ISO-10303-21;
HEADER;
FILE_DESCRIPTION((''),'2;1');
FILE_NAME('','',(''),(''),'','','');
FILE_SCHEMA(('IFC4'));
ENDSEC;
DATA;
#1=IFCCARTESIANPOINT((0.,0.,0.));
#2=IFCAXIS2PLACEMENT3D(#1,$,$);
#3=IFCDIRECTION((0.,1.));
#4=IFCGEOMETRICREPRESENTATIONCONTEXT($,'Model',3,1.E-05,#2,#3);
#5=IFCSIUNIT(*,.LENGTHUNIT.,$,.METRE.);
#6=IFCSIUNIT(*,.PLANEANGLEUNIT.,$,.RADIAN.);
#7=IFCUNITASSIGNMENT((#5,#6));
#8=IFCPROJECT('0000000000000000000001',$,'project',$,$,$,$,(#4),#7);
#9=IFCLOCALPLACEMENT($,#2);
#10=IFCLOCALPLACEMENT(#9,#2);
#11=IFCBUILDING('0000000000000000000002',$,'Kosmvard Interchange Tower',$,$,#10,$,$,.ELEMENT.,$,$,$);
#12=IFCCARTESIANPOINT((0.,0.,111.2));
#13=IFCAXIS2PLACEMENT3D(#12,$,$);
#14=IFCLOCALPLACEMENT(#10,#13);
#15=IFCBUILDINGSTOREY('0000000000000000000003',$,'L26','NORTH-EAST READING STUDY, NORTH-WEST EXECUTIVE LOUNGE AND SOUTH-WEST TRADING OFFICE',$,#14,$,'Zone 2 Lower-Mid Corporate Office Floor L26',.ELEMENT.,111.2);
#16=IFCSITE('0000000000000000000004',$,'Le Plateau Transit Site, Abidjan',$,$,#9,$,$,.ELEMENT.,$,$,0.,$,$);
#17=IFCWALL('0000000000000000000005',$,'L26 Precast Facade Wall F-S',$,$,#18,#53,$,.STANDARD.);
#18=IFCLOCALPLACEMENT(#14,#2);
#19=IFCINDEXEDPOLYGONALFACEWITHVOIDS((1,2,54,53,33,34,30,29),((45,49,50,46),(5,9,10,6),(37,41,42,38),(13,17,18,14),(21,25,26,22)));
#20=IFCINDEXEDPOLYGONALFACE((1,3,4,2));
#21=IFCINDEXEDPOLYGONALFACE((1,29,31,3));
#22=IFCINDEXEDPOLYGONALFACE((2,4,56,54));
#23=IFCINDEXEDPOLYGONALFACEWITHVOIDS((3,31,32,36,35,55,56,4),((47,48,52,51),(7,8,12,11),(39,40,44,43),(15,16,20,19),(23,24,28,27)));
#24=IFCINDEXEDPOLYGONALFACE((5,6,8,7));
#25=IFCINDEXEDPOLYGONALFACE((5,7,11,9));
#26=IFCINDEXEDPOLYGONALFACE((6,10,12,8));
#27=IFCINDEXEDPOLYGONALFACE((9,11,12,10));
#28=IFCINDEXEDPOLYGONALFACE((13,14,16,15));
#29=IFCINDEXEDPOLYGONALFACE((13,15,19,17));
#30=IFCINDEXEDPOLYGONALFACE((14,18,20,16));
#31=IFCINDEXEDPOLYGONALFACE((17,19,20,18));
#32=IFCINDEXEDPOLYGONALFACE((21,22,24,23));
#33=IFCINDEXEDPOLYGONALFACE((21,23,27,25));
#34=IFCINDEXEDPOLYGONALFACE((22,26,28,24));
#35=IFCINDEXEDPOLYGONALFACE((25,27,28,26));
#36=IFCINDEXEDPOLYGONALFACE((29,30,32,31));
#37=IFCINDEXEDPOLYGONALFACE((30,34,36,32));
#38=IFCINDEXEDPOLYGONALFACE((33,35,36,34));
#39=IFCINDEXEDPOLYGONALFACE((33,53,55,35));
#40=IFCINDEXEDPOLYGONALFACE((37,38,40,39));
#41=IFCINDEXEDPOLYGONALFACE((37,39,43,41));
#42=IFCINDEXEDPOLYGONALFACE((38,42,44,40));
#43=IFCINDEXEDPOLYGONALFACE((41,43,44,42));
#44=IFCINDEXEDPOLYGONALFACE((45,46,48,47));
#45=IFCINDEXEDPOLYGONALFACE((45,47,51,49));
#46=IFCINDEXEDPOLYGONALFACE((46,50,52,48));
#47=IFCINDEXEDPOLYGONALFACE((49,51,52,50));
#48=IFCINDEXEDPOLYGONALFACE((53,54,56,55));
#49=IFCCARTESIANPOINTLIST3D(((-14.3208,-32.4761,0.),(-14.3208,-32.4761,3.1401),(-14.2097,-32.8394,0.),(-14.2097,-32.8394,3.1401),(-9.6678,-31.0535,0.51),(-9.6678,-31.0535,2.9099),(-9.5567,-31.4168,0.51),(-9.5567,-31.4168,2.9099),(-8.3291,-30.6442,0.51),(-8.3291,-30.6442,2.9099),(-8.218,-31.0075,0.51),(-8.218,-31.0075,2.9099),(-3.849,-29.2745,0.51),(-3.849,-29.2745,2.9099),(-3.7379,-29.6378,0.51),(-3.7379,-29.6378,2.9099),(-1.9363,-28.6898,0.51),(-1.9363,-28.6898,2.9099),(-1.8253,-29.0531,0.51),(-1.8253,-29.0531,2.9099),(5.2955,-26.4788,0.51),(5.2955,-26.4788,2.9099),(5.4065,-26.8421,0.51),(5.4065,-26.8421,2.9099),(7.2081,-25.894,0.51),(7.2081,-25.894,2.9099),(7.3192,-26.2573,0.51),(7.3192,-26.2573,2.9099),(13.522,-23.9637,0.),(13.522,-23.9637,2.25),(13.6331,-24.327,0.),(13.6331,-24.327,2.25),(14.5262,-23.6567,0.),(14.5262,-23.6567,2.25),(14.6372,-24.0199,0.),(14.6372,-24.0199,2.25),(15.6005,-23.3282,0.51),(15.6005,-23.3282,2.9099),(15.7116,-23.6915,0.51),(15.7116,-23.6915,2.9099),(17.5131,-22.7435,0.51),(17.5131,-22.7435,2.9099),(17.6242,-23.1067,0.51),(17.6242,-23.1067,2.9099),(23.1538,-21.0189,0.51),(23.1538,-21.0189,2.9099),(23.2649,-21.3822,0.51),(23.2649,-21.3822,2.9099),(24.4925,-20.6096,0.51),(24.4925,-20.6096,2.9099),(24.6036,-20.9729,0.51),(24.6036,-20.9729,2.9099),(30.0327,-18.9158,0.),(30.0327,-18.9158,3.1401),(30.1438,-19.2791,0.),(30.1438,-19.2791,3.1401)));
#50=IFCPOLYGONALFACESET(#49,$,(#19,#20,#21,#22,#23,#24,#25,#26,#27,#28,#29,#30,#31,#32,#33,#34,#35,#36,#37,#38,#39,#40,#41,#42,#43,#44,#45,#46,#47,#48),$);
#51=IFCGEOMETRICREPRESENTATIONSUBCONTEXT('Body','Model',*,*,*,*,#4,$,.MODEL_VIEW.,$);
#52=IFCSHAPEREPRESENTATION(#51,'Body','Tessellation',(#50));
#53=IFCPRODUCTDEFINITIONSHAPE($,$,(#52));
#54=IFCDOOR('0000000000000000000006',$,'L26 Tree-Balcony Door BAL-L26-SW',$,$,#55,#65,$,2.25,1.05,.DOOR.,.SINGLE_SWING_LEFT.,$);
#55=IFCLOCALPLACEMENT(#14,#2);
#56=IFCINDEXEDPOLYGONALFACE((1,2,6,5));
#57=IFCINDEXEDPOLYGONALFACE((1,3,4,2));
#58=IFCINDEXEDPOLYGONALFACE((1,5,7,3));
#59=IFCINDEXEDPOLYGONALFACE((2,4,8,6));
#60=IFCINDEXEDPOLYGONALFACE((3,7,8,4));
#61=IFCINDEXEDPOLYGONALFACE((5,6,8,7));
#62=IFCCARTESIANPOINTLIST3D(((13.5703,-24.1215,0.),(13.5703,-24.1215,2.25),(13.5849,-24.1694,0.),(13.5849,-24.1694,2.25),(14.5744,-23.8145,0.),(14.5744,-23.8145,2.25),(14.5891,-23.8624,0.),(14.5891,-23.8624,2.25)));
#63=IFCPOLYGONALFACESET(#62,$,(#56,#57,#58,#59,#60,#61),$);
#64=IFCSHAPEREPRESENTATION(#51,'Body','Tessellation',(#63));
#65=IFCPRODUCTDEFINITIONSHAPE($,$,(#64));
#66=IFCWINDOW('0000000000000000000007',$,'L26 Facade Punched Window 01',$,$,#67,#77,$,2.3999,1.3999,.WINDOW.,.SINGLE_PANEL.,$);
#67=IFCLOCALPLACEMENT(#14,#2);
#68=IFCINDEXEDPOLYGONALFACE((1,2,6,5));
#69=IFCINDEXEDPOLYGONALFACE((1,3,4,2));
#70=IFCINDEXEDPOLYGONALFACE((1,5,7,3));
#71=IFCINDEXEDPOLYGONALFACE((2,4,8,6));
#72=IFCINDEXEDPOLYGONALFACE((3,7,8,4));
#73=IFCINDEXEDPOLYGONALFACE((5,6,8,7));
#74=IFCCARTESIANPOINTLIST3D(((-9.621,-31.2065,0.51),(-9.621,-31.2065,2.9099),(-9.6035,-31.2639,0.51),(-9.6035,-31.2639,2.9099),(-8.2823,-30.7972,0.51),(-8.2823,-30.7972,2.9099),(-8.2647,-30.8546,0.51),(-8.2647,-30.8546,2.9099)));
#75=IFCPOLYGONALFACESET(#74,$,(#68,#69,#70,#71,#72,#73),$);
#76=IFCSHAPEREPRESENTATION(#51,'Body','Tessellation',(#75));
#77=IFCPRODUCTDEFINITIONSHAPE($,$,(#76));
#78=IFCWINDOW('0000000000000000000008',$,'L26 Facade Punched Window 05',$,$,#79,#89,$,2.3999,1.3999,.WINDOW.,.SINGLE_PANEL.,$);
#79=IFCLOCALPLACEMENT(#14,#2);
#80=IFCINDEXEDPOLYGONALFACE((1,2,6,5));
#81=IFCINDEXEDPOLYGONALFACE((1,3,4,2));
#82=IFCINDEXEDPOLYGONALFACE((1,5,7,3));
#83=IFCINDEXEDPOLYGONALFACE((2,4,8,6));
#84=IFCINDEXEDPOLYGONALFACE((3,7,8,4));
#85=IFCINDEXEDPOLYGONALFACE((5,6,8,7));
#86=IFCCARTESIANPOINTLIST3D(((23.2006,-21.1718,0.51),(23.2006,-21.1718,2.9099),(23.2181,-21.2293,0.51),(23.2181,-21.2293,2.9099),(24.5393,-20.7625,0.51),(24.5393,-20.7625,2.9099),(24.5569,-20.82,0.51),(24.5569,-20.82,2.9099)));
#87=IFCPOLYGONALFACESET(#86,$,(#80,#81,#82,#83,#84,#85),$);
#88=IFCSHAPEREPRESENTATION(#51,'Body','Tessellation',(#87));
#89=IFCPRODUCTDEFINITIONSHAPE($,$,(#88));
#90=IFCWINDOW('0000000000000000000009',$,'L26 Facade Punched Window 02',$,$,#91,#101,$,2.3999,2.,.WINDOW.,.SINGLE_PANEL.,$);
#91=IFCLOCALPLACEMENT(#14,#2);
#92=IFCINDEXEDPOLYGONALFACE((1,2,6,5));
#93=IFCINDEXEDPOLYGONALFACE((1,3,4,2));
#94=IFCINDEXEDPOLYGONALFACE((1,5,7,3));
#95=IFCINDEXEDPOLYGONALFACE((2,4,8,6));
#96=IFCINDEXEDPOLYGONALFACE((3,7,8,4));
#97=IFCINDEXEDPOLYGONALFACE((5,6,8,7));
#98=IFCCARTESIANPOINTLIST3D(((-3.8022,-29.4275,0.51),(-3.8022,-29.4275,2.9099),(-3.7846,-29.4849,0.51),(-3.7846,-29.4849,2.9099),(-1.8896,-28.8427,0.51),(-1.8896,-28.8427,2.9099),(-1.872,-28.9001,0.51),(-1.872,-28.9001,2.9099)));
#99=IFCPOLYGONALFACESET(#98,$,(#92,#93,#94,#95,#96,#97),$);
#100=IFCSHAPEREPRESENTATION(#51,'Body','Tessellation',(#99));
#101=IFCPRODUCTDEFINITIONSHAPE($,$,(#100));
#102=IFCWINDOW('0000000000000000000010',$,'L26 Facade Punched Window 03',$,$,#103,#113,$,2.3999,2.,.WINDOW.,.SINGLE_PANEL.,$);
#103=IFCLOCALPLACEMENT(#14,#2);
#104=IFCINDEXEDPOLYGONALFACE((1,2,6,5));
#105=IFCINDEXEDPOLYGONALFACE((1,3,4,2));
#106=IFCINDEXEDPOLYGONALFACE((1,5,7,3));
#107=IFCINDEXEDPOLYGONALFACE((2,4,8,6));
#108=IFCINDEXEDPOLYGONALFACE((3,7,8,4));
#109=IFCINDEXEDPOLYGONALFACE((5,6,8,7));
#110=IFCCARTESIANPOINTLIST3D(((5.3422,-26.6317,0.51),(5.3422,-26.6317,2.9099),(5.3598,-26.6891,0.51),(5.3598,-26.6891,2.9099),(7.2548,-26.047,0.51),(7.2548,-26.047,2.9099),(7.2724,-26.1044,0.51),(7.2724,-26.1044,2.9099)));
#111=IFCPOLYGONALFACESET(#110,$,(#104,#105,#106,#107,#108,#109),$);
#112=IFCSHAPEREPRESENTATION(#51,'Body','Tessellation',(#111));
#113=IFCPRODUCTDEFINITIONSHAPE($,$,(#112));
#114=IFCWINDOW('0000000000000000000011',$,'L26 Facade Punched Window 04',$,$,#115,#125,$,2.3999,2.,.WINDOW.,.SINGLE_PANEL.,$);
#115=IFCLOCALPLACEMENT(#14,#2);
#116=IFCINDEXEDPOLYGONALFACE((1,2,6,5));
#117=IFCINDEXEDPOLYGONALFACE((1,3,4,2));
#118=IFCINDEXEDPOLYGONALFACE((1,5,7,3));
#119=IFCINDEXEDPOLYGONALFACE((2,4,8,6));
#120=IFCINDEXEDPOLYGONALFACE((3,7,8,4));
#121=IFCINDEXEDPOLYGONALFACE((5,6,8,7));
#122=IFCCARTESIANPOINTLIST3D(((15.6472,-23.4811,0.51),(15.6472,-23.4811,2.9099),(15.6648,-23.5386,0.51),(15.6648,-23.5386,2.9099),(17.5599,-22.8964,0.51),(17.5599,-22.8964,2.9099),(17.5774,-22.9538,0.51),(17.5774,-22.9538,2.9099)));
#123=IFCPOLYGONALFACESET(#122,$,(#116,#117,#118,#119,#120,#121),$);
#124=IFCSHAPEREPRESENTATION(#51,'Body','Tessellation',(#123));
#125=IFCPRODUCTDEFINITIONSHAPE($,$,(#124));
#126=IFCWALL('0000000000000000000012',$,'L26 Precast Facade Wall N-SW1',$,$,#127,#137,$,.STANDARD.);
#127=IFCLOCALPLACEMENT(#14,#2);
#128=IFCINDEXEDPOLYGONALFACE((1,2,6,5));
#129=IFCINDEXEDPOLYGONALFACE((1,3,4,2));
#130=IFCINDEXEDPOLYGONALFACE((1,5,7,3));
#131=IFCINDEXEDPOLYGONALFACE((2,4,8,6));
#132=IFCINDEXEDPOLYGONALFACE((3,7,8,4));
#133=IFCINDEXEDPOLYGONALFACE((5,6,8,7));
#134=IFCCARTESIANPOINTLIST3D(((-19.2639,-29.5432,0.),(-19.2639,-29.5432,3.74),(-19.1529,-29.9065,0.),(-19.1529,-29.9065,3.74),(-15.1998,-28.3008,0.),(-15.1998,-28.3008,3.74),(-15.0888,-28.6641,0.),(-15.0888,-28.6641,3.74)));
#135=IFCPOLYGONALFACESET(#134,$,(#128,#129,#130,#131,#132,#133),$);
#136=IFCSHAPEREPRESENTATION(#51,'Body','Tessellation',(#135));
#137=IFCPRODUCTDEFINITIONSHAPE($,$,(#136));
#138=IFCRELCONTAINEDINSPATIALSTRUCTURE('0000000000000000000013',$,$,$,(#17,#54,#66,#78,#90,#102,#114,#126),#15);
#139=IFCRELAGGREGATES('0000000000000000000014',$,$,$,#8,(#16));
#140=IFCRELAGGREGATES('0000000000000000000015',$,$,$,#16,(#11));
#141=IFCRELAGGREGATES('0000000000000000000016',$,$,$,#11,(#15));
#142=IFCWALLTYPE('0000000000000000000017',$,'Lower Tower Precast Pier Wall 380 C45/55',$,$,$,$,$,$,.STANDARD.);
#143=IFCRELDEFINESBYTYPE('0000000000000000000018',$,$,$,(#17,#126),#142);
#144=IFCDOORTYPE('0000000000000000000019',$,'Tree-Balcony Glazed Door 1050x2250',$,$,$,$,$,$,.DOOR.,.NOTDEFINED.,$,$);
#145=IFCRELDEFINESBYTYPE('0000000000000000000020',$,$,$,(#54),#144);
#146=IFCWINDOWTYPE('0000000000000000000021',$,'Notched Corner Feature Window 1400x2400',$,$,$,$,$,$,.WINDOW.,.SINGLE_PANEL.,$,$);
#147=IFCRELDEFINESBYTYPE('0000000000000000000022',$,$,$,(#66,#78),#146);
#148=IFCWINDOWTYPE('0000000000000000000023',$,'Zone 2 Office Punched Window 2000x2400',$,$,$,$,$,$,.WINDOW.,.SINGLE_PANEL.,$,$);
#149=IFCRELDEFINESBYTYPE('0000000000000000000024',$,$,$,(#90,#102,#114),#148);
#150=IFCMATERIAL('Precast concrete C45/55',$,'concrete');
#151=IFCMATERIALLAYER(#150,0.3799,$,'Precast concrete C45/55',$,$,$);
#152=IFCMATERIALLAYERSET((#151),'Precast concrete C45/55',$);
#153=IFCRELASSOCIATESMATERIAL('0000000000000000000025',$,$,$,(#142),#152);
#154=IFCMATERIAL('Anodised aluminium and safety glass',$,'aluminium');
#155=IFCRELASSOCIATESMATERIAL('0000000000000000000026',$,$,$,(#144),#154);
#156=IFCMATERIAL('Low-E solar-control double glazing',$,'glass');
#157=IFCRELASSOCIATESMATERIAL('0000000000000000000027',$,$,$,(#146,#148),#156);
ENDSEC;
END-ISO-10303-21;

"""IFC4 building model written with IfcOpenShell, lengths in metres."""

from ifc_helpers import new_model, si_unit, direction, frame, frame_2d, origin, place, context, subcontext, project, spatial, rectangle, extrude, source, transform, mapped, material, layer, layer_set, type_object, element, fill, save


model = new_model("IFC4")

# Units and contexts
model_context = context("Model", 3, precision=1e-05, world=origin(), true_north=direction((0.0, 1.0)))
body_context = subcontext(model_context, "Body", "Model", "MODEL_VIEW")
ifc_project = project(units=[si_unit("LENGTHUNIT", "METRE"), si_unit("PLANEANGLEUNIT", "RADIAN")], contexts=[model_context])

# Site, building, storey
site_placement = place(None, origin())
site = spatial("IfcSite", under=ifc_project, at=site_placement, Name="Le Plateau Transit Site, Abidjan", CompositionType="ELEMENT", RefElevation=0.0)
building_placement = place(site_placement, origin())
building = spatial("IfcBuilding", under=site, at=building_placement, Name="Kosmvard Interchange Tower", CompositionType="ELEMENT")
storey_placement = place(building_placement, frame((0.0, 0.0, 111.2)))
storey = spatial("IfcBuildingStorey", under=building, at=storey_placement, Name="L26", Description="NORTH-EAST READING STUDY, NORTH-WEST EXECUTIVE LOUNGE AND SOUTH-WEST TRADING OFFICE", LongName="Zone 2 Lower-Mid Corporate Office Floor L26", CompositionType="ELEMENT", Elevation=111.2)

# Shared definitions
ifc_material_1 = material(Name="Precast concrete C45/55", Category="concrete")

# Wall, openings, door, windows
ifc_layer_1 = layer(ifc_material_1, 0.3799, Name="Precast concrete C45/55")
ifc_layer_set_1 = layer_set([ifc_layer_1], Name="Precast concrete C45/55")
wall_type = type_object("IfcWallType", Name="Lower Tower Precast Pier Wall 380 C45/55", PredefinedType="STANDARD", material=ifc_layer_set_1)
wall_1_placement = place(storey_placement, frame((-14.2651, -32.6577, 0.0), z_axis=(0.0, 0.0, 1.0), x_axis=(0.956304, 0.292373, 0.0)))
wall_1 = element("IfcWall", 1, at=wall_1_placement, inside=storey, type_object=wall_type, Name="L26 Precast Facade Wall F-S", PredefinedType="STANDARD", context=body_context, shape_type="SweptSolid", body=[
    extrude(rectangle(XDim=46.3801, YDim=0.3799, at=frame_2d((23.1899, 0.0))), origin(), (0.0, 0.0, 1.0), 3.1401),
])
opening_1_placement = place(wall_1_placement, frame((29.115, 0.0, 0.0)))
opening_1 = element("IfcOpeningElement", 2, at=opening_1_placement, cuts=wall_1, PredefinedType="OPENING", context=body_context, shape_type="SweptSolid", body=[
    extrude(rectangle(XDim=1.05, YDim=2.25, at=frame_2d((0.5249, 1.125))), frame((0.0, 0.2, 0.0), z_axis=(0.0, -1.0, 0.0), x_axis=(1.0, 0.0, 0.0)), (0.0, 0.0, 1.0), 0.3999),
])
opening_2_placement = place(wall_1_placement, frame((4.8655, 0.0, 0.51)))
opening_2 = element("IfcOpeningElement", 3, at=opening_2_placement, cuts=wall_1, PredefinedType="OPENING", context=body_context, shape_type="SweptSolid", body=[
    extrude(rectangle(XDim=1.3999, YDim=2.3999, at=frame_2d((0.7, 1.2))), frame((0.0, 0.2, 0.0), z_axis=(0.0, -1.0, 0.0), x_axis=(1.0, 0.0, 0.0)), (0.0, 0.0, 1.0), 0.3999),
])
opening_3_placement = place(wall_1_placement, frame((10.9502, 0.0, 0.51)))
opening_3 = element("IfcOpeningElement", 4, at=opening_3_placement, cuts=wall_1, PredefinedType="OPENING", context=body_context, shape_type="SweptSolid", body=[
    extrude(rectangle(XDim=2.0, YDim=2.3999, at=frame_2d((1.0, 1.2))), frame((0.0, 0.2, 0.0), z_axis=(0.0, -1.0, 0.0), x_axis=(1.0, 0.0, 0.0)), (0.0, 0.0, 1.0), 0.3999),
])
opening_4_placement = place(wall_1_placement, frame((20.5125, 0.0, 0.51)))
opening_4 = element("IfcOpeningElement", 5, at=opening_4_placement, cuts=wall_1, PredefinedType="OPENING", context=body_context, shape_type="SweptSolid", body=[
    extrude(rectangle(XDim=2.0, YDim=2.3999, at=frame_2d((1.0, 1.2))), frame((0.0, 0.2, 0.0), z_axis=(0.0, -1.0, 0.0), x_axis=(1.0, 0.0, 0.0)), (0.0, 0.0, 1.0), 0.3999),
])
opening_5_placement = place(wall_1_placement, frame((31.2883, 0.0, 0.51)))
opening_5 = element("IfcOpeningElement", 6, at=opening_5_placement, cuts=wall_1, PredefinedType="OPENING", context=body_context, shape_type="SweptSolid", body=[
    extrude(rectangle(XDim=2.0, YDim=2.3999, at=frame_2d((1.0, 1.2))), frame((0.0, 0.2, 0.0), z_axis=(0.0, -1.0, 0.0), x_axis=(1.0, 0.0, 0.0)), (0.0, 0.0, 1.0), 0.3999),
])
opening_6_placement = place(wall_1_placement, frame((39.1868, 0.0, 0.51)))
opening_6 = element("IfcOpeningElement", 7, at=opening_6_placement, cuts=wall_1, PredefinedType="OPENING", context=body_context, shape_type="SweptSolid", body=[
    extrude(rectangle(XDim=1.3999, YDim=2.3999, at=frame_2d((0.7, 1.2))), frame((0.0, 0.2, 0.0), z_axis=(0.0, -1.0, 0.0), x_axis=(1.0, 0.0, 0.0)), (0.0, 0.0, 1.0), 0.3999),
])
ifc_material_2 = material(Name="Anodised aluminium and safety glass", Category="aluminium")
door_type = type_object("IfcDoorType", Name="Tree-Balcony Glazed Door 1050x2250", OperationType="NOTDEFINED", PredefinedType="DOOR", material=ifc_material_2)
shared_shape_1 = source(origin(), body_context, "Body", "SweptSolid", [
    extrude(rectangle(XDim=1.05, YDim=2.25, at=frame_2d((0.5249, 1.125))), frame((0.0, 0.0249, 0.0), z_axis=(0.0, -1.0, 0.0), x_axis=(1.0, 0.0, 0.0)), (0.0, 0.0, 1.0), 0.05),
])
door_placement = place(opening_1_placement, origin())
door = element("IfcDoor", 8, at=door_placement, inside=storey, type_object=door_type, Name="L26 Tree-Balcony Door BAL-L26-SW", OperationType="SINGLE_SWING_LEFT", OverallHeight=2.25, OverallWidth=1.05, PredefinedType="DOOR", context=body_context, shape_type="MappedRepresentation", body=[
    mapped(shared_shape_1, transform((0.0, 0.0, 0.0), scale=1.0)),
])
fill(opening_1, door)
ifc_material_3 = material(Name="Low-E solar-control double glazing", Category="glass")
window_type_1 = type_object("IfcWindowType", Name="Notched Corner Feature Window 1400x2400", PartitioningType="SINGLE_PANEL", PredefinedType="WINDOW", material=ifc_material_3)
shared_shape_2 = source(origin(), body_context, "Body", "SweptSolid", [
    extrude(rectangle(XDim=1.3999, YDim=2.3999, at=frame_2d((0.7, 1.2))), frame((0.0, 0.03, 0.0), z_axis=(0.0, -1.0, 0.0), x_axis=(1.0, 0.0, 0.0)), (0.0, 0.0, 1.0), 0.0601),
])
window_1_placement = place(opening_2_placement, origin())
window_1 = element("IfcWindow", 9, at=window_1_placement, inside=storey, type_object=window_type_1, Name="L26 Facade Punched Window 01", OverallHeight=2.3999, OverallWidth=1.3999, PartitioningType="SINGLE_PANEL", PredefinedType="WINDOW", context=body_context, shape_type="MappedRepresentation", body=[
    mapped(shared_shape_2, transform((0.0, 0.0, 0.0), scale=1.0)),
])
fill(opening_2, window_1)
window_2_placement = place(opening_6_placement, origin())
window_2 = element("IfcWindow", 10, at=window_2_placement, inside=storey, type_object=window_type_1, Name="L26 Facade Punched Window 05", OverallHeight=2.3999, OverallWidth=1.3999, PartitioningType="SINGLE_PANEL", PredefinedType="WINDOW", context=body_context, shape_type="MappedRepresentation", body=[
    mapped(shared_shape_2, transform((0.0, 0.0, 0.0), scale=1.0)),
])
fill(opening_6, window_2)
window_type_2 = type_object("IfcWindowType", Name="Zone 2 Office Punched Window 2000x2400", PartitioningType="SINGLE_PANEL", PredefinedType="WINDOW", material=ifc_material_3)
shared_shape_3 = source(origin(), body_context, "Body", "SweptSolid", [
    extrude(rectangle(XDim=2.0, YDim=2.3999, at=frame_2d((1.0, 1.2))), frame((0.0, 0.03, 0.0), z_axis=(0.0, -1.0, 0.0), x_axis=(1.0, 0.0, 0.0)), (0.0, 0.0, 1.0), 0.0601),
])
window_3_placement = place(opening_3_placement, origin())
window_3 = element("IfcWindow", 11, at=window_3_placement, inside=storey, type_object=window_type_2, Name="L26 Facade Punched Window 02", OverallHeight=2.3999, OverallWidth=2.0, PartitioningType="SINGLE_PANEL", PredefinedType="WINDOW", context=body_context, shape_type="MappedRepresentation", body=[
    mapped(shared_shape_3, transform((0.0, 0.0, 0.0), scale=1.0)),
])
fill(opening_3, window_3)
window_4_placement = place(opening_4_placement, origin())
window_4 = element("IfcWindow", 12, at=window_4_placement, inside=storey, type_object=window_type_2, Name="L26 Facade Punched Window 03", OverallHeight=2.3999, OverallWidth=2.0, PartitioningType="SINGLE_PANEL", PredefinedType="WINDOW", context=body_context, shape_type="MappedRepresentation", body=[
    mapped(shared_shape_3, transform((0.0, 0.0, 0.0), scale=1.0)),
])
fill(opening_4, window_4)
window_5_placement = place(opening_5_placement, origin())
window_5 = element("IfcWindow", 13, at=window_5_placement, inside=storey, type_object=window_type_2, Name="L26 Facade Punched Window 04", OverallHeight=2.3999, OverallWidth=2.0, PartitioningType="SINGLE_PANEL", PredefinedType="WINDOW", context=body_context, shape_type="MappedRepresentation", body=[
    mapped(shared_shape_3, transform((0.0, 0.0, 0.0), scale=1.0)),
])
fill(opening_5, window_5)

# Wall
wall_2_placement = place(storey_placement, frame((-19.2085, -29.7249, 0.0), z_axis=(0.0, 0.0, 1.0), x_axis=(0.956313, 0.292346, 0.0)))
element("IfcWall", 14, at=wall_2_placement, inside=storey, type_object=wall_type, Name="L26 Precast Facade Wall N-SW1", PredefinedType="STANDARD", context=body_context, shape_type="SweptSolid", body=[
    extrude(rectangle(XDim=4.2498, YDim=0.3799, at=frame_2d((2.125, 0.0))), origin(), (0.0, 0.0, 1.0), 3.74),
])

save(model, "model.ifc")
